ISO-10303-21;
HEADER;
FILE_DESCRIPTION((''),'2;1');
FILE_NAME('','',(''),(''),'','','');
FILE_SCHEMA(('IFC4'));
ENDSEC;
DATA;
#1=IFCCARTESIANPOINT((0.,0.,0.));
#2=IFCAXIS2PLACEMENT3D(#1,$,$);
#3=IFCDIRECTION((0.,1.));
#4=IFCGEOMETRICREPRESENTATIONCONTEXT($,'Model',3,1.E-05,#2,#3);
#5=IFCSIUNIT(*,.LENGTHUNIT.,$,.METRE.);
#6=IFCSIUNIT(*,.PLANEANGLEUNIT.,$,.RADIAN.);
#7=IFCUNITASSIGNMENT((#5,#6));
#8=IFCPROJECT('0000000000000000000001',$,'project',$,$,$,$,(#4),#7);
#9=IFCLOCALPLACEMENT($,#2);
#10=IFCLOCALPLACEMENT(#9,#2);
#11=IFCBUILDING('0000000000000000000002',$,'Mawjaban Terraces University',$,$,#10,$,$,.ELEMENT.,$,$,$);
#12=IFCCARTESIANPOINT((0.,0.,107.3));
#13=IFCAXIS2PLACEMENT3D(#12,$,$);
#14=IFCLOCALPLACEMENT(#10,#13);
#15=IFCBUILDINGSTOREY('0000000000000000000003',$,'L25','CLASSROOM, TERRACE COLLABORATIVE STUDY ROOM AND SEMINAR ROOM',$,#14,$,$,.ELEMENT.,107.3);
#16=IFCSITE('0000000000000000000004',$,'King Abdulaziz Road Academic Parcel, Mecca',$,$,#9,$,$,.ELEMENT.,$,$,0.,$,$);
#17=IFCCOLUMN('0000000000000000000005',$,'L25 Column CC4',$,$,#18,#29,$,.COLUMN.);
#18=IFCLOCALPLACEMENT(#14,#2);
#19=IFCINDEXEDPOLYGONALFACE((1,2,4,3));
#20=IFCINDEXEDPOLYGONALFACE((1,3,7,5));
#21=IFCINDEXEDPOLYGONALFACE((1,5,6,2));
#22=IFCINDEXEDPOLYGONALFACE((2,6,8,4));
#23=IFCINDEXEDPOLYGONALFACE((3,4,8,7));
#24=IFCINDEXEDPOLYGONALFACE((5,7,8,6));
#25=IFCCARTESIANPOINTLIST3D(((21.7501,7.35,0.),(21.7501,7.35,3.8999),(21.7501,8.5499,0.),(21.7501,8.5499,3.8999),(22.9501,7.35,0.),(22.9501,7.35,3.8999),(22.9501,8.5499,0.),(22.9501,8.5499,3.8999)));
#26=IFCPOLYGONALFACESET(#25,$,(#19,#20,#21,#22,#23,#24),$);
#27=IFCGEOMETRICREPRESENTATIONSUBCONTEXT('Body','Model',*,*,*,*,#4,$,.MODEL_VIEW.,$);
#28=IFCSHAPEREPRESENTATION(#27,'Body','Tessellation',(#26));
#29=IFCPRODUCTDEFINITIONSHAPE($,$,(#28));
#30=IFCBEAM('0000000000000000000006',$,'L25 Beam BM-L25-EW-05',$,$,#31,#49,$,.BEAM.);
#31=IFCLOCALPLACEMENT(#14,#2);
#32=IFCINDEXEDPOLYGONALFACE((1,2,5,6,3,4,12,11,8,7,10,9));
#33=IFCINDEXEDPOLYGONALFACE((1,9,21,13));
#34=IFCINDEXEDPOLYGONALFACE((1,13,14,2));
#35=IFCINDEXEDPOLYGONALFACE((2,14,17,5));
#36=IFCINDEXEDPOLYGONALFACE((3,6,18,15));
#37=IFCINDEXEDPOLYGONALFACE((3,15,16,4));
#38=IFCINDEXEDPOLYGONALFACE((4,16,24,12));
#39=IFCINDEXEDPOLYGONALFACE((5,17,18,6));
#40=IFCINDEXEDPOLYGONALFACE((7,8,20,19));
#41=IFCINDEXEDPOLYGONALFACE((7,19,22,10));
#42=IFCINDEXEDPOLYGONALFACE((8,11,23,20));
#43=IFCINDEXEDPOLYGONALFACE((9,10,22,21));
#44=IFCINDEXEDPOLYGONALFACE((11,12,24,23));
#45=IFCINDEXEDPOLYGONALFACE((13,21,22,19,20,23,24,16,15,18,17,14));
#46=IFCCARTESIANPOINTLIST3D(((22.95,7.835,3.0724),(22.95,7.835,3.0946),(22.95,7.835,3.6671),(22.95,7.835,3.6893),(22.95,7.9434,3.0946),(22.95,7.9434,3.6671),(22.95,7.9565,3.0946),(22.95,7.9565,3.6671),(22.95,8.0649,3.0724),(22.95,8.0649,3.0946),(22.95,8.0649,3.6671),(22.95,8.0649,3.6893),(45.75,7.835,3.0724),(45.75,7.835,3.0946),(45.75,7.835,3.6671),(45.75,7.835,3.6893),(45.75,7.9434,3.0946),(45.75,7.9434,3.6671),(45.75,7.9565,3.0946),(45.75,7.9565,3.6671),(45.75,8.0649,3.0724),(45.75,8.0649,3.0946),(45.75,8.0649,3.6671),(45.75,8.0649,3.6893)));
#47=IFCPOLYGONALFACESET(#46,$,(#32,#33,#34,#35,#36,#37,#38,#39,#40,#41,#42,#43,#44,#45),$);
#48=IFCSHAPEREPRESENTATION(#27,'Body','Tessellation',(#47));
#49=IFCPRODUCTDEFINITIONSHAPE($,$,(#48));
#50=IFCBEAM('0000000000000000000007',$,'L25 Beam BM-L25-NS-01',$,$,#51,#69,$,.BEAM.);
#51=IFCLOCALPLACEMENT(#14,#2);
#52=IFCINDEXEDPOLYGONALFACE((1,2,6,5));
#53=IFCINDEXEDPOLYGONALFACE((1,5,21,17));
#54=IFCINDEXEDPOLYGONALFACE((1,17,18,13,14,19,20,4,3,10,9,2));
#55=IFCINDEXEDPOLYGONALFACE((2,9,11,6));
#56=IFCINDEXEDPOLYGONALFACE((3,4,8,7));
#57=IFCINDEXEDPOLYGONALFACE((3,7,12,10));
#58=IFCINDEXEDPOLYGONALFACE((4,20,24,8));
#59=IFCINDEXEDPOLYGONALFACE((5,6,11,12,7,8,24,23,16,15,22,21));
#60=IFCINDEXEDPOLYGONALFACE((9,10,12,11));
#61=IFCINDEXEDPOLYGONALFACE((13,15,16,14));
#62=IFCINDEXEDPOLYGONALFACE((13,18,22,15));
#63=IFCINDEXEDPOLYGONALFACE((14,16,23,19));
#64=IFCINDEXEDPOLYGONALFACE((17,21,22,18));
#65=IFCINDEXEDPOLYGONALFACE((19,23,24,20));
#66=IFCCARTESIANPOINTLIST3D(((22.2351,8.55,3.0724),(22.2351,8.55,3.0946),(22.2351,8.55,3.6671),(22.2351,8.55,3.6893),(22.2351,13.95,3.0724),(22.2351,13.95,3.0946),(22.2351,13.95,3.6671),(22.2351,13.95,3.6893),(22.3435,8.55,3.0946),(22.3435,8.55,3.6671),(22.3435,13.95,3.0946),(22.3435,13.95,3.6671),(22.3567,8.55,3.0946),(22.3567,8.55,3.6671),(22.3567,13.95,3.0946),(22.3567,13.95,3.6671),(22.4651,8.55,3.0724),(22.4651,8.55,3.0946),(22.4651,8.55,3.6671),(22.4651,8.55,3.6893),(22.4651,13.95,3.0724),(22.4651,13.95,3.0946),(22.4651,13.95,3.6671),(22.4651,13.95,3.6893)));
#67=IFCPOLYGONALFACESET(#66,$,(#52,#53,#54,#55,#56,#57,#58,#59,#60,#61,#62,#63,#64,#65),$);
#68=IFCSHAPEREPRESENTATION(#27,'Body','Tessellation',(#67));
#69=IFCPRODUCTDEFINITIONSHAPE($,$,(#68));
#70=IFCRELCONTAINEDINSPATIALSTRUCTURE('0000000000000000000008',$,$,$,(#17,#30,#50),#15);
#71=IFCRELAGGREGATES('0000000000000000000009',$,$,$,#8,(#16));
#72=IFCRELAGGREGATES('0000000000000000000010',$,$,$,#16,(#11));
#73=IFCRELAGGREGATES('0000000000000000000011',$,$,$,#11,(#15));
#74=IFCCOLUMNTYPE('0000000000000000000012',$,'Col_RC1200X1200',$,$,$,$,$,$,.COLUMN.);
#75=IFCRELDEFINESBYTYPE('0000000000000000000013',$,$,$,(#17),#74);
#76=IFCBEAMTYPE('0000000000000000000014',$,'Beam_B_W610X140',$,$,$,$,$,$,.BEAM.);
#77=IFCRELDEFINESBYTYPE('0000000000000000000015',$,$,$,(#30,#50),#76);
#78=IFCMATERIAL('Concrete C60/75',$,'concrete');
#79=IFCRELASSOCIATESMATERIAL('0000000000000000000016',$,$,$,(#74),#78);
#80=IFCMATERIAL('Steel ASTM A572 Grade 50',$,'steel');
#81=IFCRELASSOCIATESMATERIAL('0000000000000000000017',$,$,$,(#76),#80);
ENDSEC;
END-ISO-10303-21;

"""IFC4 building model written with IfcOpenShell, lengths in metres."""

from ifc_helpers import new_model, si_unit, direction, frame, origin, origin_2d, place, context, subcontext, project, spatial, rectangle, i_section, extrude, material, material_profile, profile_set, type_object, element, save


model = new_model("IFC4")

# Units and contexts
model_context = context("Model", 3, precision=1e-05, world=origin(), true_north=direction((0.0, 1.0)))
body_context = subcontext(model_context, "Body", "Model", "MODEL_VIEW")
ifc_project = project(units=[si_unit("LENGTHUNIT", "METRE"), si_unit("PLANEANGLEUNIT", "RADIAN")], contexts=[model_context])

# Site, building, storey
site_placement = place(None, origin())
site = spatial("IfcSite", under=ifc_project, at=site_placement, Name="King Abdulaziz Road Academic Parcel, Mecca", CompositionType="ELEMENT", RefElevation=0.0)
building_placement = place(site_placement, origin())
building = spatial("IfcBuilding", under=site, at=building_placement, Name="Mawjaban Terraces University", CompositionType="ELEMENT")
storey_placement = place(building_placement, frame((0.0, 0.0, 107.3)))
storey = spatial("IfcBuildingStorey", under=building, at=storey_placement, Name="L25", Description="CLASSROOM, TERRACE COLLABORATIVE STUDY ROOM AND SEMINAR ROOM", CompositionType="ELEMENT", Elevation=107.3)

# Column
ifc_material_1 = material(Name="Concrete C60/75", Category="concrete")
ifc_material_profile_1 = material_profile(ifc_material_1, rectangle(XDim=1.2, YDim=1.2, at=origin_2d()), Name="RC1200X1200")
ifc_profile_set_1 = profile_set([ifc_material_profile_1], Name="Concrete C60/75")
column_type = type_object("IfcColumnType", Name="Col_RC1200X1200", PredefinedType="COLUMN", material=ifc_profile_set_1)
column_placement = place(storey_placement, frame((22.3501, 7.95, 0.0), z_axis=(0.0, 0.0, 1.0), x_axis=(1.0, 0.0, 0.0)))
element("IfcColumn", 1, at=column_placement, inside=storey, type_object=column_type, Name="L25 Column CC4", PredefinedType="COLUMN", context=body_context, shape_type="SweptSolid", body=[
    extrude(rectangle(XDim=1.2, YDim=1.2, at=origin_2d()), origin(), (0.0, 0.0, 1.0), 3.8999),
])

# Beams
ifc_material_2 = material(Name="Steel ASTM A572 Grade 50", Category="steel")
ifc_material_profile_2 = material_profile(ifc_material_2, i_section(OverallWidth=0.23, OverallDepth=0.6169, WebThickness=0.0132, FlangeThickness=0.0222, at=origin_2d()), Name="W610X140")
ifc_profile_set_2 = profile_set([ifc_material_profile_2], Name="Steel ASTM A572 Grade 50")
beam_type = type_object("IfcBeamType", Name="Beam_B_W610X140", PredefinedType="BEAM", material=ifc_profile_set_2)
beam_1_placement = place(storey_placement, frame((22.95, 7.95, 3.3809), z_axis=(1.0, 0.0, 0.0), x_axis=(0.0, 1.0, 0.0)))
element("IfcBeam", 2, at=beam_1_placement, inside=storey, type_object=beam_type, Name="L25 Beam BM-L25-EW-05", PredefinedType="BEAM", context=body_context, shape_type="SweptSolid", body=[
    extrude(i_section(OverallWidth=0.23, OverallDepth=0.6169, WebThickness=0.0132, FlangeThickness=0.0222, at=origin_2d()), origin(), (0.0, 0.0, 1.0), 22.8),
])
beam_2_placement = place(storey_placement, frame((22.3501, 8.55, 3.3809), z_axis=(0.0, 1.0, 0.0), x_axis=(-1.0, 0.0, 0.0)))
element("IfcBeam", 3, at=beam_2_placement, inside=storey, type_object=beam_type, Name="L25 Beam BM-L25-NS-01", PredefinedType="BEAM", context=body_context, shape_type="SweptSolid", body=[
    extrude(i_section(OverallWidth=0.23, OverallDepth=0.6169, WebThickness=0.0132, FlangeThickness=0.0222, at=origin_2d()), origin(), (0.0, 0.0, 1.0), 5.3999),
])

save(model, "model.ifc")
